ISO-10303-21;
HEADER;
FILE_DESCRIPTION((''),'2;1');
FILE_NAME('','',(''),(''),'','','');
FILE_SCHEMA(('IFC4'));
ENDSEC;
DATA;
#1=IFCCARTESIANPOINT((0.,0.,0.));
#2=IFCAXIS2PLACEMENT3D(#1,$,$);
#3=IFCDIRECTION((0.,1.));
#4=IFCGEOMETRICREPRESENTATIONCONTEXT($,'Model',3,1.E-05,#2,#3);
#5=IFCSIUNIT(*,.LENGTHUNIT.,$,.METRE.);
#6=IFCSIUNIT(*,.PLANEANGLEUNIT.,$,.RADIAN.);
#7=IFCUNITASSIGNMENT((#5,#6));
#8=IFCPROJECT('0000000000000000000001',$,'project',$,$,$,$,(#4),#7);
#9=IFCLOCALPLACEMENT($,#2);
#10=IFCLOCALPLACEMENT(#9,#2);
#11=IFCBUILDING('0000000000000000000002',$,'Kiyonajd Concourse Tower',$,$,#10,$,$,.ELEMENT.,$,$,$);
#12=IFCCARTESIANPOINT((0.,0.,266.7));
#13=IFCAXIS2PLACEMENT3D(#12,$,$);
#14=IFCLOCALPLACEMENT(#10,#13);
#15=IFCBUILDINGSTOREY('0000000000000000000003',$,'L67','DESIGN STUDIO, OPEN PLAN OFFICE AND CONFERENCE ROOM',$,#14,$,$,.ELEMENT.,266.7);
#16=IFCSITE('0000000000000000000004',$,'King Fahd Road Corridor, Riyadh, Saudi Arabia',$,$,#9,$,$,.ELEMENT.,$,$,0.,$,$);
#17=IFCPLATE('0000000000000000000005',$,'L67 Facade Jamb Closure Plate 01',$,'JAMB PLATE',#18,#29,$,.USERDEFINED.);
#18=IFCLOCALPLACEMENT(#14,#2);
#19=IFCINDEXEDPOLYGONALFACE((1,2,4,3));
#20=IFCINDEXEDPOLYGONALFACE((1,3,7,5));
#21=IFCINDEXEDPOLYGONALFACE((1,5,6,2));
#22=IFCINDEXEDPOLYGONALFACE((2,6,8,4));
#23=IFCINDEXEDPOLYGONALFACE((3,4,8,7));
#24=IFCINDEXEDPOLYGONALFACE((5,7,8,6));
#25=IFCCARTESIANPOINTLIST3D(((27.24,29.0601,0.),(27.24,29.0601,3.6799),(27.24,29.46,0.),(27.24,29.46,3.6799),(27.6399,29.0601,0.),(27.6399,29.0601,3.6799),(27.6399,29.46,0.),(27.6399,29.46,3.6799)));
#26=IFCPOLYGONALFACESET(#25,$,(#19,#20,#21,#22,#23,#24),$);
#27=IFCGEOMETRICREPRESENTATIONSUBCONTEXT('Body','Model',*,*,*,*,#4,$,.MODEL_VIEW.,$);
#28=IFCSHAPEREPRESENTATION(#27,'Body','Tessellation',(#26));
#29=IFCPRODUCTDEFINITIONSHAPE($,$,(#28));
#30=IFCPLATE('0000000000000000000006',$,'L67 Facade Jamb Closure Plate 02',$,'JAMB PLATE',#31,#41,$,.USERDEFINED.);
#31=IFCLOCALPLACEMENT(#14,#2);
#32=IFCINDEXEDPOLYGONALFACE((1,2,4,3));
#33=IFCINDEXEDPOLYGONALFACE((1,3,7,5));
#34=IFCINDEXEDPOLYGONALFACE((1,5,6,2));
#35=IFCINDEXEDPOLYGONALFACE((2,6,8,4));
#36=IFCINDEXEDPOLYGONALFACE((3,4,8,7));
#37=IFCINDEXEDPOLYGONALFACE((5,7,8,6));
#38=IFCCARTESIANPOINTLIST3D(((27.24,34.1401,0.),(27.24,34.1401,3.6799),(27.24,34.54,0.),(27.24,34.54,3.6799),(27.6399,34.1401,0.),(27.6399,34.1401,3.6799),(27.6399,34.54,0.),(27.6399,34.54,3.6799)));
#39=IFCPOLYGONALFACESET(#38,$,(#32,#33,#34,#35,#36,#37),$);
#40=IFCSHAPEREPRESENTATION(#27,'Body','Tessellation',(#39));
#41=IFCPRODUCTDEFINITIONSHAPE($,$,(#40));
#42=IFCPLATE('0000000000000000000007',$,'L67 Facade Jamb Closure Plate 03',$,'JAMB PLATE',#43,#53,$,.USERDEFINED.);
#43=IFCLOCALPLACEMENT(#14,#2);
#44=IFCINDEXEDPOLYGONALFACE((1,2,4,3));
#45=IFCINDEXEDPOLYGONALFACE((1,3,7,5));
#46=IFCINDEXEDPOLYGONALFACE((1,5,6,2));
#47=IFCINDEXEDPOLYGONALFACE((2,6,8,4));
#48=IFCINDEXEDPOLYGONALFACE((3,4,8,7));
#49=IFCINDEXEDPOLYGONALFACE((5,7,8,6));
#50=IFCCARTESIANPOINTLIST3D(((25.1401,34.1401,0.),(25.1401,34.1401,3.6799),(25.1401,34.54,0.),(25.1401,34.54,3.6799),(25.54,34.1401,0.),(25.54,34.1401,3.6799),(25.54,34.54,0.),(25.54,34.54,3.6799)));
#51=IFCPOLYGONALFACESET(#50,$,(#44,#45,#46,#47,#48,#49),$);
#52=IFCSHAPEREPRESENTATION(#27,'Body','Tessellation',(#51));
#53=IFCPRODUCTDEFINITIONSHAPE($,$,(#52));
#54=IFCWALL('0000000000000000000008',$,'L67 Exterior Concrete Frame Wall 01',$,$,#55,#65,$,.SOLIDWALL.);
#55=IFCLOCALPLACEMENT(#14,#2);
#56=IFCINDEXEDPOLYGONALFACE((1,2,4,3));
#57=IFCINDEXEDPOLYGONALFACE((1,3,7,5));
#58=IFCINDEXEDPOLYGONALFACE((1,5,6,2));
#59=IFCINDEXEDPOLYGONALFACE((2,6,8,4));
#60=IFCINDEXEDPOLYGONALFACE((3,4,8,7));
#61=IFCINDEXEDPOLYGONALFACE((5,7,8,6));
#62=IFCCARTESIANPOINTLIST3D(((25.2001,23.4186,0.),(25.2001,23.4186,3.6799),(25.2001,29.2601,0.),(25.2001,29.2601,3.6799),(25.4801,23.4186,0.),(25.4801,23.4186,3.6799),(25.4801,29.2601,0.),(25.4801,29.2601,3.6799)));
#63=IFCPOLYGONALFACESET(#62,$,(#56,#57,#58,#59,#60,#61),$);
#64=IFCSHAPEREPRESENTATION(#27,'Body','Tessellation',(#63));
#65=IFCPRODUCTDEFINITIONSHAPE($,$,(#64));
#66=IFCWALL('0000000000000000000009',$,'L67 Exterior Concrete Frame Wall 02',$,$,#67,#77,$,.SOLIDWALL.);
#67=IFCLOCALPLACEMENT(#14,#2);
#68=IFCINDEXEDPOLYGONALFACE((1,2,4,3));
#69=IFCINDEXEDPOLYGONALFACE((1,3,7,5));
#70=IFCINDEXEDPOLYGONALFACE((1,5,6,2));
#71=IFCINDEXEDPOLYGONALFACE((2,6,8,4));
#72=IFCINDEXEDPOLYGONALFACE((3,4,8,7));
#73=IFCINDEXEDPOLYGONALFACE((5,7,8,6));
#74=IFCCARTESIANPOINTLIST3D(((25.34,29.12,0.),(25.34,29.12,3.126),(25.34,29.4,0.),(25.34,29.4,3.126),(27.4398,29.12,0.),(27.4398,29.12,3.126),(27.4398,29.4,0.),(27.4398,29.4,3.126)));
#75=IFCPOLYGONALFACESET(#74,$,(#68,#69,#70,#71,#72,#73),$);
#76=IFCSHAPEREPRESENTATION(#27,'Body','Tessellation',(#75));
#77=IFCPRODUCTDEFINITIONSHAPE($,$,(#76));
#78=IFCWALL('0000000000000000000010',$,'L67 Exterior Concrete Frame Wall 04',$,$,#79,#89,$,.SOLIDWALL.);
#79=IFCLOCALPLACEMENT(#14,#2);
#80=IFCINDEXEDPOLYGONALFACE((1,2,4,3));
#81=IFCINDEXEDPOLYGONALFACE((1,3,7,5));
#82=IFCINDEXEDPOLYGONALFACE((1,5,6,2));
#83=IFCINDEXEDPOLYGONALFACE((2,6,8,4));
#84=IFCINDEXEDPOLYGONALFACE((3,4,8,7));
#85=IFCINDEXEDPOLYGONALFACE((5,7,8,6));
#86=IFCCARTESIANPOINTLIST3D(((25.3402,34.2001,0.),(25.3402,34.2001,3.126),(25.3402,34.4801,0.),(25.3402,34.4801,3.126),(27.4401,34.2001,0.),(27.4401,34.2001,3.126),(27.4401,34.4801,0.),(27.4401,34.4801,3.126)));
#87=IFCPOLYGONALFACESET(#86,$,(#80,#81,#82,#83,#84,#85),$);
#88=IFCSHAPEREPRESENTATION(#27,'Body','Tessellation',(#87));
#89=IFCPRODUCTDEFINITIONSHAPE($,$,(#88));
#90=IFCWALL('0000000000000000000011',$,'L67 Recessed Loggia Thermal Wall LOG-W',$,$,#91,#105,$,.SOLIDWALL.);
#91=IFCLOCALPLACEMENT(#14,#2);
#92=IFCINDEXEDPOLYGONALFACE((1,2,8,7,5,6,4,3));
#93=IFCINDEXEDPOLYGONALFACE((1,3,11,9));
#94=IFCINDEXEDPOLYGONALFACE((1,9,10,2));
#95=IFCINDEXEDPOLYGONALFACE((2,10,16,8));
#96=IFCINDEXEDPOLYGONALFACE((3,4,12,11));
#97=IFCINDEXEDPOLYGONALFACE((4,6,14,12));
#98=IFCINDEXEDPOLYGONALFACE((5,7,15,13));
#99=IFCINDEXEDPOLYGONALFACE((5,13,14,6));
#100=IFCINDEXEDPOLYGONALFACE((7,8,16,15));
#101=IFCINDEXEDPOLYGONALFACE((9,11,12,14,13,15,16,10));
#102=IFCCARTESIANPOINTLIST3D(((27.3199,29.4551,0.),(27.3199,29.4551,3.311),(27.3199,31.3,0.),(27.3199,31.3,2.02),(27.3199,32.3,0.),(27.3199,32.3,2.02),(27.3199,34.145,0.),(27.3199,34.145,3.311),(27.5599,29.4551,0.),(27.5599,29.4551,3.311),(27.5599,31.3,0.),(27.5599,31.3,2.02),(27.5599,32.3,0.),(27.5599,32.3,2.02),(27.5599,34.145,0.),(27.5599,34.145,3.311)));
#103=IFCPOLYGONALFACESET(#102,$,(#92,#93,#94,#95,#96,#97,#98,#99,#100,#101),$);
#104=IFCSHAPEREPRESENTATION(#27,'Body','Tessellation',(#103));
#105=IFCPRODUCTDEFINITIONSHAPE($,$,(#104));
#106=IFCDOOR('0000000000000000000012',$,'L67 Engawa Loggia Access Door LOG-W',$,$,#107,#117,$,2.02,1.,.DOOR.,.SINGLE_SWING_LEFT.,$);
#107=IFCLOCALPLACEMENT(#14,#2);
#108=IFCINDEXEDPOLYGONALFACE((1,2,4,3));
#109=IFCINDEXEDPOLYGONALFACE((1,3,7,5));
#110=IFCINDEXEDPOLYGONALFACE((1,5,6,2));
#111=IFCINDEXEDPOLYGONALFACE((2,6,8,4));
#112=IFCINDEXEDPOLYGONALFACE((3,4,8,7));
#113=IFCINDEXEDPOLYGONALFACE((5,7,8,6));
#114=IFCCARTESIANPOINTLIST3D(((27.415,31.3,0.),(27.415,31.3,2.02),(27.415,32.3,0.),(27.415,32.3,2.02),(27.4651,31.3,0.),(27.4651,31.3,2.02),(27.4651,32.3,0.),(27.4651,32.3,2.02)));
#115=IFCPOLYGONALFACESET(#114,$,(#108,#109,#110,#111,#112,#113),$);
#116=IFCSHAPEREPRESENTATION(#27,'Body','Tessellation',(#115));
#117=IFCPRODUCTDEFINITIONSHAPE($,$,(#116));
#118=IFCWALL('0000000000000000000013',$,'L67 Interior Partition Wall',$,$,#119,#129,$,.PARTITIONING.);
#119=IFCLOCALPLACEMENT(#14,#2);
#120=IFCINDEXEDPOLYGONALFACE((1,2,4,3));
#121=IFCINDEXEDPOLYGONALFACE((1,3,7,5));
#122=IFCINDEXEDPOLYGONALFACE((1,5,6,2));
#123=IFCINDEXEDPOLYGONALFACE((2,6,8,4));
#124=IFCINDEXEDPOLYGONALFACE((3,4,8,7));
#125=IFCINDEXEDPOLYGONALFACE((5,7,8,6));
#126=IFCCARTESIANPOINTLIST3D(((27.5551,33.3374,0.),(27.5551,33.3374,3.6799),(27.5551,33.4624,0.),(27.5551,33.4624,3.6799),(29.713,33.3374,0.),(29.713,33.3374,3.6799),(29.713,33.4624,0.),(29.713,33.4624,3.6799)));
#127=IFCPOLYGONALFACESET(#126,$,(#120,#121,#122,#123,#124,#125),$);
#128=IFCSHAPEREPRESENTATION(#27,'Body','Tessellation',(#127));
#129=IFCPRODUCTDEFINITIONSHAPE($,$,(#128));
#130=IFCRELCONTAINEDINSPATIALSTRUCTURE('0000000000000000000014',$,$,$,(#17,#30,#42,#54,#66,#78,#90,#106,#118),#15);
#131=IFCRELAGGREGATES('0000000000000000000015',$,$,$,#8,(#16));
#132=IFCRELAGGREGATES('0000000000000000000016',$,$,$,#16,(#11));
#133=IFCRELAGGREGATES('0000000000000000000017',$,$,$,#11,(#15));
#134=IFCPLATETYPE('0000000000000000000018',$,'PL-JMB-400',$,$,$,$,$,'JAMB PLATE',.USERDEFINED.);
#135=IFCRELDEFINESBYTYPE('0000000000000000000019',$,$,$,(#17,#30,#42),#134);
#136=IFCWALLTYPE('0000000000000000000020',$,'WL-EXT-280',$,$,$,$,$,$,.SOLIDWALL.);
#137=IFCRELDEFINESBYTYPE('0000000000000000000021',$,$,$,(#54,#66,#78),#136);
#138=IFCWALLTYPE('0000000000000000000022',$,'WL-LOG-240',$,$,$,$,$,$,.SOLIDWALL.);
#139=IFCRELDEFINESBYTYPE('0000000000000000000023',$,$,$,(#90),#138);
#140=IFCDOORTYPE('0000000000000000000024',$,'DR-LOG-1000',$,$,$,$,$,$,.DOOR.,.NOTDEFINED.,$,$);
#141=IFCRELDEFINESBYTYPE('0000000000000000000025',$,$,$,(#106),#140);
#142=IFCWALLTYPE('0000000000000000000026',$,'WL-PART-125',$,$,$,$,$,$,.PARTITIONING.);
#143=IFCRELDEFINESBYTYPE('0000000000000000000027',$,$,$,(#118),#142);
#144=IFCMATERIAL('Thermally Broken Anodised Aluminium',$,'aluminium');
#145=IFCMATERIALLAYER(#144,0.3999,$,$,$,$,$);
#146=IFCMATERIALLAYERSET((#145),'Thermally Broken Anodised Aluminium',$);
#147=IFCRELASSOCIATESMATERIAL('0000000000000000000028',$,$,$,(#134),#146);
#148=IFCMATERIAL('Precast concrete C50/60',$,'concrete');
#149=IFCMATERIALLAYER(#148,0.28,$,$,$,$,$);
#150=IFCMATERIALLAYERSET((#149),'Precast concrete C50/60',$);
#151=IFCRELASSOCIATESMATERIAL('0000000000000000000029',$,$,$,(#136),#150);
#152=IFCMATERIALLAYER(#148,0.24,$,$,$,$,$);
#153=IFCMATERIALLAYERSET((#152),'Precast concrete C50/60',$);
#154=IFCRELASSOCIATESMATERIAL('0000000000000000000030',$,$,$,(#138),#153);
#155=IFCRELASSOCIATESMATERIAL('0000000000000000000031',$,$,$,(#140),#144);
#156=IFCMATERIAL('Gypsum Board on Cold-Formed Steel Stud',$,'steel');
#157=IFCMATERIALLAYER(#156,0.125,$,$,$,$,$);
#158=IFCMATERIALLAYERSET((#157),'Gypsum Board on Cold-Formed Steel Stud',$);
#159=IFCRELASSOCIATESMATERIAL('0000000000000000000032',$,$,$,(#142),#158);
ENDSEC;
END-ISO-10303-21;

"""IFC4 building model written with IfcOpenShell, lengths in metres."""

from ifc_helpers import new_model, si_unit, direction, frame, frame_2d, origin, origin_2d, place, context, subcontext, project, spatial, rectangle, extrude, material, layer, layer_set, type_object, element, fill, save


model = new_model("IFC4")

# Units and contexts
model_context = context("Model", 3, precision=1e-05, world=origin(), true_north=direction((0.0, 1.0)))
body_context = subcontext(model_context, "Body", "Model", "MODEL_VIEW")
ifc_project = project(units=[si_unit("LENGTHUNIT", "METRE"), si_unit("PLANEANGLEUNIT", "RADIAN")], contexts=[model_context])

# Site, building, storey
site_placement = place(None, origin())
site = spatial("IfcSite", under=ifc_project, at=site_placement, Name="King Fahd Road Corridor, Riyadh, Saudi Arabia", CompositionType="ELEMENT", RefElevation=0.0)
building_placement = place(site_placement, origin())
building = spatial("IfcBuilding", under=site, at=building_placement, Name="Kiyonajd Concourse Tower", CompositionType="ELEMENT")
storey_placement = place(building_placement, frame((0.0, 0.0, 266.7)))
storey = spatial("IfcBuildingStorey", under=building, at=storey_placement, Name="L67", Description="DESIGN STUDIO, OPEN PLAN OFFICE AND CONFERENCE ROOM", CompositionType="ELEMENT", Elevation=266.7)

# Plates
ifc_material_1 = material(Name="Thermally Broken Anodised Aluminium", Category="aluminium")
ifc_layer_1 = layer(ifc_material_1, 0.3999)
ifc_layer_set_1 = layer_set([ifc_layer_1], Name="Thermally Broken Anodised Aluminium")
plate_type_1 = type_object("IfcPlateType", Name="PL-JMB-400", ElementType="JAMB PLATE", PredefinedType="USERDEFINED", material=ifc_layer_set_1)
for number, where, z_axis, x_axis, name in (
    (1, (27.4399, 29.26, 0.0), (0.0, 0.0, 1.0), (1.0, 0.0, 0.0), "L67 Facade Jamb Closure Plate 01"),
    (2, (27.4399, 34.3401, 0.0), (0.0, 0.0, 1.0), (1.0, 0.0, 0.0), "L67 Facade Jamb Closure Plate 02"),
    (3, (25.3401, 34.3401, 0.0), (0.0, 0.0, 1.0), (1.0, 0.0, 0.0), "L67 Facade Jamb Closure Plate 03"),
):
    element("IfcPlate", number, at=place(storey_placement, frame(where, z_axis=z_axis, x_axis=x_axis)), inside=storey, type_object=plate_type_1, Name=name, ObjectType="JAMB PLATE", PredefinedType="USERDEFINED", context=body_context, shape_type="SweptSolid", body=[
        extrude(rectangle(XDim=0.3999, YDim=0.3999, at=origin_2d()), origin(), (0.0, 0.0, 1.0), 3.6799),
    ])

# Walls
ifc_material_2 = material(Name="Precast concrete C50/60", Category="concrete")
ifc_layer_2 = layer(ifc_material_2, 0.28)
ifc_layer_set_2 = layer_set([ifc_layer_2], Name="Precast concrete C50/60")
wall_type_1 = type_object("IfcWallType", Name="WL-EXT-280", PredefinedType="SOLIDWALL", material=ifc_layer_set_2)
wall_1_placement = place(storey_placement, frame((25.3401, 23.4185, 0.0), z_axis=(0.0, 0.0, 1.0), x_axis=(0.0, 1.0, 0.0)))
element("IfcWall", 4, at=wall_1_placement, inside=storey, type_object=wall_type_1, Name="L67 Exterior Concrete Frame Wall 01", PredefinedType="SOLIDWALL", context=body_context, shape_type="SweptSolid", body=[
    extrude(rectangle(XDim=5.8416, YDim=0.28, at=frame_2d((2.9209, 0.0))), origin(), (0.0, 0.0, 1.0), 3.6799),
])
for number, where, z_axis, x_axis, name in (
    (5, (25.3401, 29.26, 0.0), (0.0, 0.0, 1.0), (1.0, 0.0, 0.0), "L67 Exterior Concrete Frame Wall 02"),
    (6, (27.4399, 34.3401, 0.0), (0.0, 0.0, 1.0), (-1.0, 0.0, 0.0), "L67 Exterior Concrete Frame Wall 04"),
):
    element("IfcWall", number, at=place(storey_placement, frame(where, z_axis=z_axis, x_axis=x_axis)), inside=storey, type_object=wall_type_1, Name=name, PredefinedType="SOLIDWALL", context=body_context, shape_type="SweptSolid", body=[
        extrude(rectangle(XDim=2.0999, YDim=0.28, at=frame_2d((1.0498, 0.0))), origin(), (0.0, 0.0, 1.0), 3.126),
    ])

# Wall, opening, door
ifc_layer_3 = layer(ifc_material_2, 0.24)
ifc_layer_set_3 = layer_set([ifc_layer_3], Name="Precast concrete C50/60")
wall_type_2 = type_object("IfcWallType", Name="WL-LOG-240", PredefinedType="SOLIDWALL", material=ifc_layer_set_3)
wall_2_placement = place(storey_placement, frame((27.4399, 29.4551, 0.0), z_axis=(0.0, 0.0, 1.0), x_axis=(0.0, 1.0, 0.0)))
wall_2 = element("IfcWall", 7, at=wall_2_placement, inside=storey, type_object=wall_type_2, Name="L67 Recessed Loggia Thermal Wall LOG-W", PredefinedType="SOLIDWALL", context=body_context, shape_type="SweptSolid", body=[
    extrude(rectangle(XDim=4.6899, YDim=0.24, at=frame_2d((2.345, 0.0))), origin(), (0.0, 0.0, 1.0), 3.311),
])
opening_1_placement = place(wall_2_placement, frame((1.845, 0.0, 0.0)))
opening_1 = element("IfcOpeningElement", 8, at=opening_1_placement, cuts=wall_2, PredefinedType="OPENING", context=body_context, shape_type="SweptSolid", body=[
    extrude(rectangle(XDim=1.0, YDim=2.02, at=frame_2d((0.5, 1.01))), frame((0.0, 0.1299, 0.0), z_axis=(0.0, -1.0, 0.0), x_axis=(1.0, 0.0, 0.0)), (0.0, 0.0, 1.0), 0.26),
])
door_type_1 = type_object("IfcDoorType", Name="DR-LOG-1000", OperationType="NOTDEFINED", PredefinedType="DOOR", material=ifc_material_1)
door_1_placement = place(opening_1_placement, origin())
door_1 = element("IfcDoor", 9, at=door_1_placement, inside=storey, type_object=door_type_1, Name="L67 Engawa Loggia Access Door LOG-W", OperationType="SINGLE_SWING_LEFT", OverallHeight=2.02, OverallWidth=1.0, PredefinedType="DOOR", context=body_context, shape_type="SweptSolid", body=[
    extrude(rectangle(XDim=1.0, YDim=2.02, at=frame_2d((0.5, 1.01))), frame((0.0, 0.0249, 0.0), z_axis=(0.0, -1.0, 0.0), x_axis=(1.0, 0.0, 0.0)), (0.0, 0.0, 1.0), 0.05),
])
fill(opening_1, door_1)

# Wall
ifc_material_3 = material(Name="Gypsum Board on Cold-Formed Steel Stud", Category="steel")
ifc_layer_4 = layer(ifc_material_3, 0.125)
ifc_layer_set_4 = layer_set([ifc_layer_4], Name="Gypsum Board on Cold-Formed Steel Stud")
wall_type_3 = type_object("IfcWallType", Name="WL-PART-125", PredefinedType="PARTITIONING", material=ifc_layer_set_4)
wall_3_placement = place(storey_placement, frame((27.5549, 33.3999, 0.0), z_axis=(0.0, 0.0, 1.0), x_axis=(1.0, 0.0, 0.0)))
element("IfcWall", 10, at=wall_3_placement, inside=storey, type_object=wall_type_3, Name="L67 Interior Partition Wall", PredefinedType="PARTITIONING", context=body_context, shape_type="SweptSolid", body=[
    extrude(rectangle(XDim=2.158, YDim=0.125, at=frame_2d((1.0791, 0.0))), origin(), (0.0, 0.0, 1.0), 3.6799),
])

save(model, "model.ifc")
